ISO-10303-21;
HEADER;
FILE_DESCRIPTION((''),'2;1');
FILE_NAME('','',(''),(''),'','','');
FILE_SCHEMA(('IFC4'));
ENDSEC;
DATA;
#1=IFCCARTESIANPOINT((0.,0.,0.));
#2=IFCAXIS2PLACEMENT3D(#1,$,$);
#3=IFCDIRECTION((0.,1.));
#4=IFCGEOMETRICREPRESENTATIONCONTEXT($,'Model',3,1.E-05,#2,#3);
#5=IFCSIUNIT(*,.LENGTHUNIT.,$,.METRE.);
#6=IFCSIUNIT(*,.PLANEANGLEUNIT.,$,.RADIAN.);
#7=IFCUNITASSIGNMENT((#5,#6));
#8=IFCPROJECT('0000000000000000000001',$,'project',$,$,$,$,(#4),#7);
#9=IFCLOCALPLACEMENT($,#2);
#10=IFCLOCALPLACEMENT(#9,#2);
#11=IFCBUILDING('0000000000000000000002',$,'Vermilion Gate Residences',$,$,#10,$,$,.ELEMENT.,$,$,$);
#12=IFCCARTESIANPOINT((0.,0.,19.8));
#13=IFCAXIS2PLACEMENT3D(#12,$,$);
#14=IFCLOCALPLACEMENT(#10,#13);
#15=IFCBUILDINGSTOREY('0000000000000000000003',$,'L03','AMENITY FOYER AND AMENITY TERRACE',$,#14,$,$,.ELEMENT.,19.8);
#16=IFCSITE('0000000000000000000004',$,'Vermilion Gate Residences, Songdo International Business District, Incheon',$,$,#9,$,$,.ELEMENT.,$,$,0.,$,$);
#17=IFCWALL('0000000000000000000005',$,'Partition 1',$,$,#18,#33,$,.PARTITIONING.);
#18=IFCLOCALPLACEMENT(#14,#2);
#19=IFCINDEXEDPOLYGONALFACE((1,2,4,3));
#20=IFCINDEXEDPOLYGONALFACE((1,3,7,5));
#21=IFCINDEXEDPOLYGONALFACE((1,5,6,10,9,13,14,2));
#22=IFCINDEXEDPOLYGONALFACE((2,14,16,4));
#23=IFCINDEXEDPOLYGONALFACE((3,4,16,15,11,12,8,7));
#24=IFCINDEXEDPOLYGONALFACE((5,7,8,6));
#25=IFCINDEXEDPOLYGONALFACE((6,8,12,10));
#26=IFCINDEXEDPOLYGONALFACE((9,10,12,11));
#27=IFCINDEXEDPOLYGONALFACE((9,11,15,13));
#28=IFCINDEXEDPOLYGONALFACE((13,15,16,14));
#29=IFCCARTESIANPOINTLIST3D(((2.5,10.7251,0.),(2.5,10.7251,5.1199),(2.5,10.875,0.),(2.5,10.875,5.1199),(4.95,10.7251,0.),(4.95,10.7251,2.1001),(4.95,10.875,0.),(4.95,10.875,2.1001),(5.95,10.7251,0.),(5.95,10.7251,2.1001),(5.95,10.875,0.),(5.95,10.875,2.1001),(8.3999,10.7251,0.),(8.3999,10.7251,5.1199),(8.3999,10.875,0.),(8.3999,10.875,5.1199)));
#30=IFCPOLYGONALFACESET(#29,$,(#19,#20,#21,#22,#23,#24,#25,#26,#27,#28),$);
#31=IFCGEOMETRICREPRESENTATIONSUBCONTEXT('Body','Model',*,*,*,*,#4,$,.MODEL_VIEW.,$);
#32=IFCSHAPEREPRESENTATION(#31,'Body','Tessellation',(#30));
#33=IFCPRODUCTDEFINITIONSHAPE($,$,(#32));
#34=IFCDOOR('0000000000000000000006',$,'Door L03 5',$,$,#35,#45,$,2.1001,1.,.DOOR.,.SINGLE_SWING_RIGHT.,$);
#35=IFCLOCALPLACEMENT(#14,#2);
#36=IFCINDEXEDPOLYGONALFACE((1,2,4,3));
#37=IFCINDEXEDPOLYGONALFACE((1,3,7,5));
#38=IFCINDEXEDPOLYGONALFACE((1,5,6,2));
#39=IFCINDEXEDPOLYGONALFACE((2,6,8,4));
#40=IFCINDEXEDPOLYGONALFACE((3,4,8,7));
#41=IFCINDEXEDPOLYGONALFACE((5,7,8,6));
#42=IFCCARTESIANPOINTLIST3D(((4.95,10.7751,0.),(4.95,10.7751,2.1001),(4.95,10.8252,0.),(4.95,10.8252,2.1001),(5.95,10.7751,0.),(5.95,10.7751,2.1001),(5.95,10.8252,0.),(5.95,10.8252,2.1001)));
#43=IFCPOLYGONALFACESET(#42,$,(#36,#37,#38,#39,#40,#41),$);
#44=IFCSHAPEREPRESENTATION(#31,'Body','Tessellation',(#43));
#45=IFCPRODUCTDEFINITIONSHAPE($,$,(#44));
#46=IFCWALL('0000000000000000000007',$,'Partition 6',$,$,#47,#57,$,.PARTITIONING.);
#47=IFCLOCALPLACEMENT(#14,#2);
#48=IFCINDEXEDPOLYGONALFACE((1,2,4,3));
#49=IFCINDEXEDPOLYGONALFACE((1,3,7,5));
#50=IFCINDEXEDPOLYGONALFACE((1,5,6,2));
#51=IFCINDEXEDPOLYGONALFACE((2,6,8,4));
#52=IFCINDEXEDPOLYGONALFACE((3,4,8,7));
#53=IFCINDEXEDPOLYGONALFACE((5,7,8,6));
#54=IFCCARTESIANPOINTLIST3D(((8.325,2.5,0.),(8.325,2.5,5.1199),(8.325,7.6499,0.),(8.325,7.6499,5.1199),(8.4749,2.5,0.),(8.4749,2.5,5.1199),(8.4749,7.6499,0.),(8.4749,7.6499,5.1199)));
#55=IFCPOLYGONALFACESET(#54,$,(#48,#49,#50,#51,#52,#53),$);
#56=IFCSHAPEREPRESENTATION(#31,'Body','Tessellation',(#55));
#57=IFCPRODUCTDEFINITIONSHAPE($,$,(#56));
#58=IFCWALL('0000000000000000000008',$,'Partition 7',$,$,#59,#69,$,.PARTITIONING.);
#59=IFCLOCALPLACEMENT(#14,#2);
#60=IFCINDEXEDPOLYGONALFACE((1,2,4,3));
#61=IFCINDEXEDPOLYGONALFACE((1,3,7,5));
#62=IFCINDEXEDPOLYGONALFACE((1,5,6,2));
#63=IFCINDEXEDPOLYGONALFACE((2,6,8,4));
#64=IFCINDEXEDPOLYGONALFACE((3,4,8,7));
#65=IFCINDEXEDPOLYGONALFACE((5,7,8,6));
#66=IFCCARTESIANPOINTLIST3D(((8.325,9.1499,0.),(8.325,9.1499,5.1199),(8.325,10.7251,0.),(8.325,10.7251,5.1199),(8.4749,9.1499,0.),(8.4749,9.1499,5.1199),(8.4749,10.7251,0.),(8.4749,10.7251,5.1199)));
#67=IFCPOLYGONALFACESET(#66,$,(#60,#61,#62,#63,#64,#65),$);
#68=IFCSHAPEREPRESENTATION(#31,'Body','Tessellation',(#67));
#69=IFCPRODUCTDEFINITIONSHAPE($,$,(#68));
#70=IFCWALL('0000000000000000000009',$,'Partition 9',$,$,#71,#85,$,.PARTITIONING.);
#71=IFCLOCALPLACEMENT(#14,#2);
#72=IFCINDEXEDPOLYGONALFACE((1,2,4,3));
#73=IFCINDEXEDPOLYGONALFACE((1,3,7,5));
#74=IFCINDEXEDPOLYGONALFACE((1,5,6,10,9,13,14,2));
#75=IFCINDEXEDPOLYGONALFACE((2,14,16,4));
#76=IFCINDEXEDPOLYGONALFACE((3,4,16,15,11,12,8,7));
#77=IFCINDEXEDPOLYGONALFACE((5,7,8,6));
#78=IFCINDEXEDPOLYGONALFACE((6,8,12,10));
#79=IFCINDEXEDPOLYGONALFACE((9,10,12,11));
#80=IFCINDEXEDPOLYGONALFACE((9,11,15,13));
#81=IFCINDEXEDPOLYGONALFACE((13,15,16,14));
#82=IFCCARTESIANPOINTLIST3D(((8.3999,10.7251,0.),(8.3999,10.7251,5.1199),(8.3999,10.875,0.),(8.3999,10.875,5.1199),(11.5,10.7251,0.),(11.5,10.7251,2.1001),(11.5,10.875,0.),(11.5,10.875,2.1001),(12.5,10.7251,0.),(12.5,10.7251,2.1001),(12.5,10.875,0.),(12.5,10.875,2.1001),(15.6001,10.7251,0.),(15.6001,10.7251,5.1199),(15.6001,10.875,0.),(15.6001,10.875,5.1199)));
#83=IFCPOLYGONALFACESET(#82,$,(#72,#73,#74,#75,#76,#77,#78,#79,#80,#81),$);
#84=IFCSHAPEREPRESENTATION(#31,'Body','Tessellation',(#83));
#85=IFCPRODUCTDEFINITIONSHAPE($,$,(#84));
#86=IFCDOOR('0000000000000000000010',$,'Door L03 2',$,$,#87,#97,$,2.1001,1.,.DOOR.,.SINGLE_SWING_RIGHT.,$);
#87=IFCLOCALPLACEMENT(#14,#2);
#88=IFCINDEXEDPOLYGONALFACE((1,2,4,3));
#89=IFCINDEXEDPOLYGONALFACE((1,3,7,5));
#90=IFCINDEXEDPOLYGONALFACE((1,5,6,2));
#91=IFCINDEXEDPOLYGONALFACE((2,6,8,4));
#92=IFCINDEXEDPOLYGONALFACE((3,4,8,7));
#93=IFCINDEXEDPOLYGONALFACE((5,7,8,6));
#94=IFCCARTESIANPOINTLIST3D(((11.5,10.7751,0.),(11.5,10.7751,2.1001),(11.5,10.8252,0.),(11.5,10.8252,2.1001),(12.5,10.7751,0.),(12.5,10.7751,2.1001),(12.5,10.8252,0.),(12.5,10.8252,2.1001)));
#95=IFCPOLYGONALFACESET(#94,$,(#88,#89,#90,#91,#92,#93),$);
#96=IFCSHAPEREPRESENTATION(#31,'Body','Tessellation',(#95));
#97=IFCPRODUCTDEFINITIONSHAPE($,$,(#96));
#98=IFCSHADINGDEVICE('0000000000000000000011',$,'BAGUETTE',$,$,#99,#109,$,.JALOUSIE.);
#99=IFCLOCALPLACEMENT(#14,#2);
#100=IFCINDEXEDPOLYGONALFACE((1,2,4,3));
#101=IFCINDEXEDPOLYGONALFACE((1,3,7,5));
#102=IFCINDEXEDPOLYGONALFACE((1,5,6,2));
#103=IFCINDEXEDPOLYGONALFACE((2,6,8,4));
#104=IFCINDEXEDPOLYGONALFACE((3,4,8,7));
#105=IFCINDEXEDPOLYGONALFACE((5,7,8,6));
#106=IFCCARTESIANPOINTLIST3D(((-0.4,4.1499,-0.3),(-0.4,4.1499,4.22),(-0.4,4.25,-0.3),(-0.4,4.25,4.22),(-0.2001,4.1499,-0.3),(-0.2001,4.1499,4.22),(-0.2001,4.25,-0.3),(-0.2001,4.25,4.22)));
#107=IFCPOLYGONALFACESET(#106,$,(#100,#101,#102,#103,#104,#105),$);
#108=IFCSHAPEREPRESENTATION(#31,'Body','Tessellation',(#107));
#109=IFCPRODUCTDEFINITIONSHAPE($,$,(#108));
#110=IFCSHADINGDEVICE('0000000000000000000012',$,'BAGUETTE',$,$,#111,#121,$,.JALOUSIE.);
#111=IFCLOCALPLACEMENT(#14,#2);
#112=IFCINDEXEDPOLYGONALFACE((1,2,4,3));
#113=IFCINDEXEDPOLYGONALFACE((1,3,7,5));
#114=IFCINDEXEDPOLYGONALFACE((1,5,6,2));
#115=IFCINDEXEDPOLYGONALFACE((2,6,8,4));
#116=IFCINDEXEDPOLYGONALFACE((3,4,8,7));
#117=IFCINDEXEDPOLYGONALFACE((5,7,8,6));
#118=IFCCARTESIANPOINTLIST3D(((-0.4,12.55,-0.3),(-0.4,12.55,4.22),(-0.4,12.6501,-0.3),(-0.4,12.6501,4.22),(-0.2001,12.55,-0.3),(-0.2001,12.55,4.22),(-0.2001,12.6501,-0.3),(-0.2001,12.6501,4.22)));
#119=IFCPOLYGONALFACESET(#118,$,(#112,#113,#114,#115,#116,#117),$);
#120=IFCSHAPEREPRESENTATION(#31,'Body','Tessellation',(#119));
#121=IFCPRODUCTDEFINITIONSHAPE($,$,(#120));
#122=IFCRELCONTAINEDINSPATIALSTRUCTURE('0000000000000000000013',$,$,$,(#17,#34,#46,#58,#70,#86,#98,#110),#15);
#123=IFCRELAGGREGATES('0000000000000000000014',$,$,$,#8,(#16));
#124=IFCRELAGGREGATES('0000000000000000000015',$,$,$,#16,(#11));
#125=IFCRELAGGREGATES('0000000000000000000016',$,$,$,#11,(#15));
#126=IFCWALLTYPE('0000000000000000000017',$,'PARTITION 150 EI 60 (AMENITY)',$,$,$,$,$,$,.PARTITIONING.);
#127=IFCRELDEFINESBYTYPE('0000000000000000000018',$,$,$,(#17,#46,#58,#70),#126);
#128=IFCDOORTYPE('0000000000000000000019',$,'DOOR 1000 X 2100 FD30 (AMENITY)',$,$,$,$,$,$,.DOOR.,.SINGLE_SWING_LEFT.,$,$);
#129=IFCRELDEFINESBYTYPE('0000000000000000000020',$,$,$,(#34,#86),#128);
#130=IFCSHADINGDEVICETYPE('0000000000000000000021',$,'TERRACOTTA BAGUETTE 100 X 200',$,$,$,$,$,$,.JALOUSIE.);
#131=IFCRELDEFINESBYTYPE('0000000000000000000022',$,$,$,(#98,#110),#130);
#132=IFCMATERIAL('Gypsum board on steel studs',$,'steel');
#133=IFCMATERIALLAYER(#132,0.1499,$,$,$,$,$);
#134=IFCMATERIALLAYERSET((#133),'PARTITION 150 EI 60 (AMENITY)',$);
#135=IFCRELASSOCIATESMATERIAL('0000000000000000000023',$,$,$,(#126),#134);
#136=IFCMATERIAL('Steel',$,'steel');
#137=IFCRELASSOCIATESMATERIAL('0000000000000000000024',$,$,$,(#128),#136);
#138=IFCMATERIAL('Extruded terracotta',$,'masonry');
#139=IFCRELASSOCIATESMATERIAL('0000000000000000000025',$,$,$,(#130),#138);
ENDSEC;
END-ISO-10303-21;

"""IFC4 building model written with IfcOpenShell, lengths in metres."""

from ifc_helpers import new_model, si_unit, direction, frame, frame_2d, origin, origin_2d, place, context, subcontext, project, spatial, rectangle, extrude, material, layer, layer_set, material_profile, profile_set, type_object, element, fill, save


model = new_model("IFC4")

# Units and contexts
model_context = context("Model", 3, precision=1e-05, world=origin(), true_north=direction((0.0, 1.0)))
body_context = subcontext(model_context, "Body", "Model", "MODEL_VIEW")
ifc_project = project(units=[si_unit("LENGTHUNIT", "METRE"), si_unit("PLANEANGLEUNIT", "RADIAN")], contexts=[model_context])

# Site, building, storey
site_placement = place(None, origin())
site = spatial("IfcSite", under=ifc_project, at=site_placement, Name="Vermilion Gate Residences, Songdo International Business District, Incheon", CompositionType="ELEMENT", RefElevation=0.0)
building_placement = place(site_placement, origin())
building = spatial("IfcBuilding", under=site, at=building_placement, Name="Vermilion Gate Residences", CompositionType="ELEMENT")
storey_placement = place(building_placement, frame((0.0, 0.0, 19.8)))
storey = spatial("IfcBuildingStorey", under=building, at=storey_placement, Name="L03", Description="AMENITY FOYER AND AMENITY TERRACE", CompositionType="ELEMENT", Elevation=19.8)

# Wall, opening, door
ifc_material_1 = material(Name="Gypsum board on steel studs", Category="steel")
ifc_layer_1 = layer(ifc_material_1, 0.1499)
ifc_layer_set_1 = layer_set([ifc_layer_1], Name="PARTITION 150 EI 60 (AMENITY)")
wall_type_1 = type_object("IfcWallType", Name="PARTITION 150 EI 60 (AMENITY)", PredefinedType="PARTITIONING", material=ifc_layer_set_1)
wall_1_placement = place(storey_placement, frame((2.5, 10.8, 0.0), z_axis=(0.0, 0.0, 1.0), x_axis=(1.0, 0.0, 0.0)))
wall_1 = element("IfcWall", 1, at=wall_1_placement, inside=storey, type_object=wall_type_1, Name="Partition 1", PredefinedType="PARTITIONING", context=body_context, shape_type="SweptSolid", body=[
    extrude(rectangle(XDim=5.8999, YDim=0.1499, at=frame_2d((2.95, 0.0))), origin(), (0.0, 0.0, 1.0), 5.1199),
])
opening_1_placement = place(wall_1_placement, frame((2.45, 0.0, 0.0)))
opening_1 = element("IfcOpeningElement", 2, at=opening_1_placement, cuts=wall_1, PredefinedType="OPENING", context=body_context, shape_type="SweptSolid", body=[
    extrude(rectangle(XDim=1.0, YDim=2.1001, at=frame_2d((0.5, 1.05))), frame((0.0, 0.085, 0.0), z_axis=(0.0, -1.0, 0.0), x_axis=(1.0, 0.0, 0.0)), (0.0, 0.0, 1.0), 0.1699),
])
ifc_material_2 = material(Name="Steel", Category="steel")
door_type = type_object("IfcDoorType", Name="DOOR 1000 X 2100 FD30 (AMENITY)", OperationType="SINGLE_SWING_LEFT", PredefinedType="DOOR", material=ifc_material_2)
door_1_placement = place(opening_1_placement, frame((1.0, 0.0, 0.0), z_axis=(0.0, 0.0, 1.0), x_axis=(-1.0, 0.0, 0.0)))
door_1 = element("IfcDoor", 3, at=door_1_placement, inside=storey, type_object=door_type, Name="Door L03 5", OperationType="SINGLE_SWING_RIGHT", OverallHeight=2.1001, OverallWidth=1.0, PredefinedType="DOOR", context=body_context, shape_type="SweptSolid", body=[
    extrude(rectangle(XDim=1.0, YDim=2.1001, at=frame_2d((0.5, 1.05))), frame((0.0, 0.0249, 0.0), z_axis=(0.0, -1.0, 0.0), x_axis=(1.0, 0.0, 0.0)), (0.0, 0.0, 1.0), 0.05),
])
fill(opening_1, door_1)

# Walls
wall_2_placement = place(storey_placement, frame((8.3999, 2.5, 0.0), z_axis=(0.0, 0.0, 1.0), x_axis=(0.0, 1.0, 0.0)))
element("IfcWall", 4, at=wall_2_placement, inside=storey, type_object=wall_type_1, Name="Partition 6", PredefinedType="PARTITIONING", context=body_context, shape_type="SweptSolid", body=[
    extrude(rectangle(XDim=5.1499, YDim=0.1499, at=frame_2d((2.575, 0.0))), origin(), (0.0, 0.0, 1.0), 5.1199),
])
wall_3_placement = place(storey_placement, frame((8.3999, 9.1499, 0.0), z_axis=(0.0, 0.0, 1.0), x_axis=(0.0, 1.0, 0.0)))
element("IfcWall", 5, at=wall_3_placement, inside=storey, type_object=wall_type_1, Name="Partition 7", PredefinedType="PARTITIONING", context=body_context, shape_type="SweptSolid", body=[
    extrude(rectangle(XDim=1.5752, YDim=0.1499, at=frame_2d((0.7876, 0.0))), origin(), (0.0, 0.0, 1.0), 5.1199),
])

# Wall, opening, door
wall_4_placement = place(storey_placement, frame((8.3999, 10.8, 0.0), z_axis=(0.0, 0.0, 1.0), x_axis=(1.0, 0.0, 0.0)))
wall_4 = element("IfcWall", 6, at=wall_4_placement, inside=storey, type_object=wall_type_1, Name="Partition 9", PredefinedType="PARTITIONING", context=body_context, shape_type="SweptSolid", body=[
    extrude(rectangle(XDim=7.2002, YDim=0.1499, at=frame_2d((3.6001, 0.0))), origin(), (0.0, 0.0, 1.0), 5.1199),
])
opening_2_placement = place(wall_4_placement, frame((3.1001, 0.0, 0.0)))
opening_2 = element("IfcOpeningElement", 7, at=opening_2_placement, cuts=wall_4, PredefinedType="OPENING", context=body_context, shape_type="SweptSolid", body=[
    extrude(rectangle(XDim=1.0, YDim=2.1001, at=frame_2d((0.5, 1.05))), frame((0.0, 0.085, 0.0), z_axis=(0.0, -1.0, 0.0), x_axis=(1.0, 0.0, 0.0)), (0.0, 0.0, 1.0), 0.1699),
])
door_2_placement = place(opening_2_placement, frame((1.0, 0.0, 0.0), z_axis=(0.0, 0.0, 1.0), x_axis=(-1.0, 0.0, 0.0)))
door_2 = element("IfcDoor", 8, at=door_2_placement, inside=storey, type_object=door_type, Name="Door L03 2", OperationType="SINGLE_SWING_RIGHT", OverallHeight=2.1001, OverallWidth=1.0, PredefinedType="DOOR", context=body_context, shape_type="SweptSolid", body=[
    extrude(rectangle(XDim=1.0, YDim=2.1001, at=frame_2d((0.5, 1.05))), frame((0.0, 0.0249, 0.0), z_axis=(0.0, -1.0, 0.0), x_axis=(1.0, 0.0, 0.0)), (0.0, 0.0, 1.0), 0.05),
])
fill(opening_2, door_2)

# Shading devices
ifc_material_3 = material(Name="Extruded terracotta", Category="masonry")
ifc_material_profile_1 = material_profile(ifc_material_3, rectangle(XDim=0.2, YDim=0.1001, at=origin_2d()), Name="BAGUETTE 100 X 200")
ifc_profile_set_1 = profile_set([ifc_material_profile_1], Name="Extruded terracotta")
shading_device_type = type_object("IfcShadingDeviceType", Name="TERRACOTTA BAGUETTE 100 X 200", PredefinedType="JALOUSIE", material=ifc_profile_set_1)
for number, where, z_axis, x_axis, name in (
    (9, (-0.3, 4.2, -0.3), (0.0, 0.0, 1.0), (1.0, 0.0, 0.0), "BAGUETTE"),
    (10, (-0.3, 12.6001, -0.3), (0.0, 0.0, 1.0), (1.0, 0.0, 0.0), "BAGUETTE"),
):
    element("IfcShadingDevice", number, at=place(storey_placement, frame(where, z_axis=z_axis, x_axis=x_axis)), inside=storey, type_object=shading_device_type, Name=name, PredefinedType="JALOUSIE", context=body_context, shape_type="SweptSolid", body=[
        extrude(rectangle(XDim=0.2, YDim=0.1001, at=origin_2d()), origin(), (0.0, 0.0, 1.0), 4.52),
    ])

save(model, "model.ifc")
